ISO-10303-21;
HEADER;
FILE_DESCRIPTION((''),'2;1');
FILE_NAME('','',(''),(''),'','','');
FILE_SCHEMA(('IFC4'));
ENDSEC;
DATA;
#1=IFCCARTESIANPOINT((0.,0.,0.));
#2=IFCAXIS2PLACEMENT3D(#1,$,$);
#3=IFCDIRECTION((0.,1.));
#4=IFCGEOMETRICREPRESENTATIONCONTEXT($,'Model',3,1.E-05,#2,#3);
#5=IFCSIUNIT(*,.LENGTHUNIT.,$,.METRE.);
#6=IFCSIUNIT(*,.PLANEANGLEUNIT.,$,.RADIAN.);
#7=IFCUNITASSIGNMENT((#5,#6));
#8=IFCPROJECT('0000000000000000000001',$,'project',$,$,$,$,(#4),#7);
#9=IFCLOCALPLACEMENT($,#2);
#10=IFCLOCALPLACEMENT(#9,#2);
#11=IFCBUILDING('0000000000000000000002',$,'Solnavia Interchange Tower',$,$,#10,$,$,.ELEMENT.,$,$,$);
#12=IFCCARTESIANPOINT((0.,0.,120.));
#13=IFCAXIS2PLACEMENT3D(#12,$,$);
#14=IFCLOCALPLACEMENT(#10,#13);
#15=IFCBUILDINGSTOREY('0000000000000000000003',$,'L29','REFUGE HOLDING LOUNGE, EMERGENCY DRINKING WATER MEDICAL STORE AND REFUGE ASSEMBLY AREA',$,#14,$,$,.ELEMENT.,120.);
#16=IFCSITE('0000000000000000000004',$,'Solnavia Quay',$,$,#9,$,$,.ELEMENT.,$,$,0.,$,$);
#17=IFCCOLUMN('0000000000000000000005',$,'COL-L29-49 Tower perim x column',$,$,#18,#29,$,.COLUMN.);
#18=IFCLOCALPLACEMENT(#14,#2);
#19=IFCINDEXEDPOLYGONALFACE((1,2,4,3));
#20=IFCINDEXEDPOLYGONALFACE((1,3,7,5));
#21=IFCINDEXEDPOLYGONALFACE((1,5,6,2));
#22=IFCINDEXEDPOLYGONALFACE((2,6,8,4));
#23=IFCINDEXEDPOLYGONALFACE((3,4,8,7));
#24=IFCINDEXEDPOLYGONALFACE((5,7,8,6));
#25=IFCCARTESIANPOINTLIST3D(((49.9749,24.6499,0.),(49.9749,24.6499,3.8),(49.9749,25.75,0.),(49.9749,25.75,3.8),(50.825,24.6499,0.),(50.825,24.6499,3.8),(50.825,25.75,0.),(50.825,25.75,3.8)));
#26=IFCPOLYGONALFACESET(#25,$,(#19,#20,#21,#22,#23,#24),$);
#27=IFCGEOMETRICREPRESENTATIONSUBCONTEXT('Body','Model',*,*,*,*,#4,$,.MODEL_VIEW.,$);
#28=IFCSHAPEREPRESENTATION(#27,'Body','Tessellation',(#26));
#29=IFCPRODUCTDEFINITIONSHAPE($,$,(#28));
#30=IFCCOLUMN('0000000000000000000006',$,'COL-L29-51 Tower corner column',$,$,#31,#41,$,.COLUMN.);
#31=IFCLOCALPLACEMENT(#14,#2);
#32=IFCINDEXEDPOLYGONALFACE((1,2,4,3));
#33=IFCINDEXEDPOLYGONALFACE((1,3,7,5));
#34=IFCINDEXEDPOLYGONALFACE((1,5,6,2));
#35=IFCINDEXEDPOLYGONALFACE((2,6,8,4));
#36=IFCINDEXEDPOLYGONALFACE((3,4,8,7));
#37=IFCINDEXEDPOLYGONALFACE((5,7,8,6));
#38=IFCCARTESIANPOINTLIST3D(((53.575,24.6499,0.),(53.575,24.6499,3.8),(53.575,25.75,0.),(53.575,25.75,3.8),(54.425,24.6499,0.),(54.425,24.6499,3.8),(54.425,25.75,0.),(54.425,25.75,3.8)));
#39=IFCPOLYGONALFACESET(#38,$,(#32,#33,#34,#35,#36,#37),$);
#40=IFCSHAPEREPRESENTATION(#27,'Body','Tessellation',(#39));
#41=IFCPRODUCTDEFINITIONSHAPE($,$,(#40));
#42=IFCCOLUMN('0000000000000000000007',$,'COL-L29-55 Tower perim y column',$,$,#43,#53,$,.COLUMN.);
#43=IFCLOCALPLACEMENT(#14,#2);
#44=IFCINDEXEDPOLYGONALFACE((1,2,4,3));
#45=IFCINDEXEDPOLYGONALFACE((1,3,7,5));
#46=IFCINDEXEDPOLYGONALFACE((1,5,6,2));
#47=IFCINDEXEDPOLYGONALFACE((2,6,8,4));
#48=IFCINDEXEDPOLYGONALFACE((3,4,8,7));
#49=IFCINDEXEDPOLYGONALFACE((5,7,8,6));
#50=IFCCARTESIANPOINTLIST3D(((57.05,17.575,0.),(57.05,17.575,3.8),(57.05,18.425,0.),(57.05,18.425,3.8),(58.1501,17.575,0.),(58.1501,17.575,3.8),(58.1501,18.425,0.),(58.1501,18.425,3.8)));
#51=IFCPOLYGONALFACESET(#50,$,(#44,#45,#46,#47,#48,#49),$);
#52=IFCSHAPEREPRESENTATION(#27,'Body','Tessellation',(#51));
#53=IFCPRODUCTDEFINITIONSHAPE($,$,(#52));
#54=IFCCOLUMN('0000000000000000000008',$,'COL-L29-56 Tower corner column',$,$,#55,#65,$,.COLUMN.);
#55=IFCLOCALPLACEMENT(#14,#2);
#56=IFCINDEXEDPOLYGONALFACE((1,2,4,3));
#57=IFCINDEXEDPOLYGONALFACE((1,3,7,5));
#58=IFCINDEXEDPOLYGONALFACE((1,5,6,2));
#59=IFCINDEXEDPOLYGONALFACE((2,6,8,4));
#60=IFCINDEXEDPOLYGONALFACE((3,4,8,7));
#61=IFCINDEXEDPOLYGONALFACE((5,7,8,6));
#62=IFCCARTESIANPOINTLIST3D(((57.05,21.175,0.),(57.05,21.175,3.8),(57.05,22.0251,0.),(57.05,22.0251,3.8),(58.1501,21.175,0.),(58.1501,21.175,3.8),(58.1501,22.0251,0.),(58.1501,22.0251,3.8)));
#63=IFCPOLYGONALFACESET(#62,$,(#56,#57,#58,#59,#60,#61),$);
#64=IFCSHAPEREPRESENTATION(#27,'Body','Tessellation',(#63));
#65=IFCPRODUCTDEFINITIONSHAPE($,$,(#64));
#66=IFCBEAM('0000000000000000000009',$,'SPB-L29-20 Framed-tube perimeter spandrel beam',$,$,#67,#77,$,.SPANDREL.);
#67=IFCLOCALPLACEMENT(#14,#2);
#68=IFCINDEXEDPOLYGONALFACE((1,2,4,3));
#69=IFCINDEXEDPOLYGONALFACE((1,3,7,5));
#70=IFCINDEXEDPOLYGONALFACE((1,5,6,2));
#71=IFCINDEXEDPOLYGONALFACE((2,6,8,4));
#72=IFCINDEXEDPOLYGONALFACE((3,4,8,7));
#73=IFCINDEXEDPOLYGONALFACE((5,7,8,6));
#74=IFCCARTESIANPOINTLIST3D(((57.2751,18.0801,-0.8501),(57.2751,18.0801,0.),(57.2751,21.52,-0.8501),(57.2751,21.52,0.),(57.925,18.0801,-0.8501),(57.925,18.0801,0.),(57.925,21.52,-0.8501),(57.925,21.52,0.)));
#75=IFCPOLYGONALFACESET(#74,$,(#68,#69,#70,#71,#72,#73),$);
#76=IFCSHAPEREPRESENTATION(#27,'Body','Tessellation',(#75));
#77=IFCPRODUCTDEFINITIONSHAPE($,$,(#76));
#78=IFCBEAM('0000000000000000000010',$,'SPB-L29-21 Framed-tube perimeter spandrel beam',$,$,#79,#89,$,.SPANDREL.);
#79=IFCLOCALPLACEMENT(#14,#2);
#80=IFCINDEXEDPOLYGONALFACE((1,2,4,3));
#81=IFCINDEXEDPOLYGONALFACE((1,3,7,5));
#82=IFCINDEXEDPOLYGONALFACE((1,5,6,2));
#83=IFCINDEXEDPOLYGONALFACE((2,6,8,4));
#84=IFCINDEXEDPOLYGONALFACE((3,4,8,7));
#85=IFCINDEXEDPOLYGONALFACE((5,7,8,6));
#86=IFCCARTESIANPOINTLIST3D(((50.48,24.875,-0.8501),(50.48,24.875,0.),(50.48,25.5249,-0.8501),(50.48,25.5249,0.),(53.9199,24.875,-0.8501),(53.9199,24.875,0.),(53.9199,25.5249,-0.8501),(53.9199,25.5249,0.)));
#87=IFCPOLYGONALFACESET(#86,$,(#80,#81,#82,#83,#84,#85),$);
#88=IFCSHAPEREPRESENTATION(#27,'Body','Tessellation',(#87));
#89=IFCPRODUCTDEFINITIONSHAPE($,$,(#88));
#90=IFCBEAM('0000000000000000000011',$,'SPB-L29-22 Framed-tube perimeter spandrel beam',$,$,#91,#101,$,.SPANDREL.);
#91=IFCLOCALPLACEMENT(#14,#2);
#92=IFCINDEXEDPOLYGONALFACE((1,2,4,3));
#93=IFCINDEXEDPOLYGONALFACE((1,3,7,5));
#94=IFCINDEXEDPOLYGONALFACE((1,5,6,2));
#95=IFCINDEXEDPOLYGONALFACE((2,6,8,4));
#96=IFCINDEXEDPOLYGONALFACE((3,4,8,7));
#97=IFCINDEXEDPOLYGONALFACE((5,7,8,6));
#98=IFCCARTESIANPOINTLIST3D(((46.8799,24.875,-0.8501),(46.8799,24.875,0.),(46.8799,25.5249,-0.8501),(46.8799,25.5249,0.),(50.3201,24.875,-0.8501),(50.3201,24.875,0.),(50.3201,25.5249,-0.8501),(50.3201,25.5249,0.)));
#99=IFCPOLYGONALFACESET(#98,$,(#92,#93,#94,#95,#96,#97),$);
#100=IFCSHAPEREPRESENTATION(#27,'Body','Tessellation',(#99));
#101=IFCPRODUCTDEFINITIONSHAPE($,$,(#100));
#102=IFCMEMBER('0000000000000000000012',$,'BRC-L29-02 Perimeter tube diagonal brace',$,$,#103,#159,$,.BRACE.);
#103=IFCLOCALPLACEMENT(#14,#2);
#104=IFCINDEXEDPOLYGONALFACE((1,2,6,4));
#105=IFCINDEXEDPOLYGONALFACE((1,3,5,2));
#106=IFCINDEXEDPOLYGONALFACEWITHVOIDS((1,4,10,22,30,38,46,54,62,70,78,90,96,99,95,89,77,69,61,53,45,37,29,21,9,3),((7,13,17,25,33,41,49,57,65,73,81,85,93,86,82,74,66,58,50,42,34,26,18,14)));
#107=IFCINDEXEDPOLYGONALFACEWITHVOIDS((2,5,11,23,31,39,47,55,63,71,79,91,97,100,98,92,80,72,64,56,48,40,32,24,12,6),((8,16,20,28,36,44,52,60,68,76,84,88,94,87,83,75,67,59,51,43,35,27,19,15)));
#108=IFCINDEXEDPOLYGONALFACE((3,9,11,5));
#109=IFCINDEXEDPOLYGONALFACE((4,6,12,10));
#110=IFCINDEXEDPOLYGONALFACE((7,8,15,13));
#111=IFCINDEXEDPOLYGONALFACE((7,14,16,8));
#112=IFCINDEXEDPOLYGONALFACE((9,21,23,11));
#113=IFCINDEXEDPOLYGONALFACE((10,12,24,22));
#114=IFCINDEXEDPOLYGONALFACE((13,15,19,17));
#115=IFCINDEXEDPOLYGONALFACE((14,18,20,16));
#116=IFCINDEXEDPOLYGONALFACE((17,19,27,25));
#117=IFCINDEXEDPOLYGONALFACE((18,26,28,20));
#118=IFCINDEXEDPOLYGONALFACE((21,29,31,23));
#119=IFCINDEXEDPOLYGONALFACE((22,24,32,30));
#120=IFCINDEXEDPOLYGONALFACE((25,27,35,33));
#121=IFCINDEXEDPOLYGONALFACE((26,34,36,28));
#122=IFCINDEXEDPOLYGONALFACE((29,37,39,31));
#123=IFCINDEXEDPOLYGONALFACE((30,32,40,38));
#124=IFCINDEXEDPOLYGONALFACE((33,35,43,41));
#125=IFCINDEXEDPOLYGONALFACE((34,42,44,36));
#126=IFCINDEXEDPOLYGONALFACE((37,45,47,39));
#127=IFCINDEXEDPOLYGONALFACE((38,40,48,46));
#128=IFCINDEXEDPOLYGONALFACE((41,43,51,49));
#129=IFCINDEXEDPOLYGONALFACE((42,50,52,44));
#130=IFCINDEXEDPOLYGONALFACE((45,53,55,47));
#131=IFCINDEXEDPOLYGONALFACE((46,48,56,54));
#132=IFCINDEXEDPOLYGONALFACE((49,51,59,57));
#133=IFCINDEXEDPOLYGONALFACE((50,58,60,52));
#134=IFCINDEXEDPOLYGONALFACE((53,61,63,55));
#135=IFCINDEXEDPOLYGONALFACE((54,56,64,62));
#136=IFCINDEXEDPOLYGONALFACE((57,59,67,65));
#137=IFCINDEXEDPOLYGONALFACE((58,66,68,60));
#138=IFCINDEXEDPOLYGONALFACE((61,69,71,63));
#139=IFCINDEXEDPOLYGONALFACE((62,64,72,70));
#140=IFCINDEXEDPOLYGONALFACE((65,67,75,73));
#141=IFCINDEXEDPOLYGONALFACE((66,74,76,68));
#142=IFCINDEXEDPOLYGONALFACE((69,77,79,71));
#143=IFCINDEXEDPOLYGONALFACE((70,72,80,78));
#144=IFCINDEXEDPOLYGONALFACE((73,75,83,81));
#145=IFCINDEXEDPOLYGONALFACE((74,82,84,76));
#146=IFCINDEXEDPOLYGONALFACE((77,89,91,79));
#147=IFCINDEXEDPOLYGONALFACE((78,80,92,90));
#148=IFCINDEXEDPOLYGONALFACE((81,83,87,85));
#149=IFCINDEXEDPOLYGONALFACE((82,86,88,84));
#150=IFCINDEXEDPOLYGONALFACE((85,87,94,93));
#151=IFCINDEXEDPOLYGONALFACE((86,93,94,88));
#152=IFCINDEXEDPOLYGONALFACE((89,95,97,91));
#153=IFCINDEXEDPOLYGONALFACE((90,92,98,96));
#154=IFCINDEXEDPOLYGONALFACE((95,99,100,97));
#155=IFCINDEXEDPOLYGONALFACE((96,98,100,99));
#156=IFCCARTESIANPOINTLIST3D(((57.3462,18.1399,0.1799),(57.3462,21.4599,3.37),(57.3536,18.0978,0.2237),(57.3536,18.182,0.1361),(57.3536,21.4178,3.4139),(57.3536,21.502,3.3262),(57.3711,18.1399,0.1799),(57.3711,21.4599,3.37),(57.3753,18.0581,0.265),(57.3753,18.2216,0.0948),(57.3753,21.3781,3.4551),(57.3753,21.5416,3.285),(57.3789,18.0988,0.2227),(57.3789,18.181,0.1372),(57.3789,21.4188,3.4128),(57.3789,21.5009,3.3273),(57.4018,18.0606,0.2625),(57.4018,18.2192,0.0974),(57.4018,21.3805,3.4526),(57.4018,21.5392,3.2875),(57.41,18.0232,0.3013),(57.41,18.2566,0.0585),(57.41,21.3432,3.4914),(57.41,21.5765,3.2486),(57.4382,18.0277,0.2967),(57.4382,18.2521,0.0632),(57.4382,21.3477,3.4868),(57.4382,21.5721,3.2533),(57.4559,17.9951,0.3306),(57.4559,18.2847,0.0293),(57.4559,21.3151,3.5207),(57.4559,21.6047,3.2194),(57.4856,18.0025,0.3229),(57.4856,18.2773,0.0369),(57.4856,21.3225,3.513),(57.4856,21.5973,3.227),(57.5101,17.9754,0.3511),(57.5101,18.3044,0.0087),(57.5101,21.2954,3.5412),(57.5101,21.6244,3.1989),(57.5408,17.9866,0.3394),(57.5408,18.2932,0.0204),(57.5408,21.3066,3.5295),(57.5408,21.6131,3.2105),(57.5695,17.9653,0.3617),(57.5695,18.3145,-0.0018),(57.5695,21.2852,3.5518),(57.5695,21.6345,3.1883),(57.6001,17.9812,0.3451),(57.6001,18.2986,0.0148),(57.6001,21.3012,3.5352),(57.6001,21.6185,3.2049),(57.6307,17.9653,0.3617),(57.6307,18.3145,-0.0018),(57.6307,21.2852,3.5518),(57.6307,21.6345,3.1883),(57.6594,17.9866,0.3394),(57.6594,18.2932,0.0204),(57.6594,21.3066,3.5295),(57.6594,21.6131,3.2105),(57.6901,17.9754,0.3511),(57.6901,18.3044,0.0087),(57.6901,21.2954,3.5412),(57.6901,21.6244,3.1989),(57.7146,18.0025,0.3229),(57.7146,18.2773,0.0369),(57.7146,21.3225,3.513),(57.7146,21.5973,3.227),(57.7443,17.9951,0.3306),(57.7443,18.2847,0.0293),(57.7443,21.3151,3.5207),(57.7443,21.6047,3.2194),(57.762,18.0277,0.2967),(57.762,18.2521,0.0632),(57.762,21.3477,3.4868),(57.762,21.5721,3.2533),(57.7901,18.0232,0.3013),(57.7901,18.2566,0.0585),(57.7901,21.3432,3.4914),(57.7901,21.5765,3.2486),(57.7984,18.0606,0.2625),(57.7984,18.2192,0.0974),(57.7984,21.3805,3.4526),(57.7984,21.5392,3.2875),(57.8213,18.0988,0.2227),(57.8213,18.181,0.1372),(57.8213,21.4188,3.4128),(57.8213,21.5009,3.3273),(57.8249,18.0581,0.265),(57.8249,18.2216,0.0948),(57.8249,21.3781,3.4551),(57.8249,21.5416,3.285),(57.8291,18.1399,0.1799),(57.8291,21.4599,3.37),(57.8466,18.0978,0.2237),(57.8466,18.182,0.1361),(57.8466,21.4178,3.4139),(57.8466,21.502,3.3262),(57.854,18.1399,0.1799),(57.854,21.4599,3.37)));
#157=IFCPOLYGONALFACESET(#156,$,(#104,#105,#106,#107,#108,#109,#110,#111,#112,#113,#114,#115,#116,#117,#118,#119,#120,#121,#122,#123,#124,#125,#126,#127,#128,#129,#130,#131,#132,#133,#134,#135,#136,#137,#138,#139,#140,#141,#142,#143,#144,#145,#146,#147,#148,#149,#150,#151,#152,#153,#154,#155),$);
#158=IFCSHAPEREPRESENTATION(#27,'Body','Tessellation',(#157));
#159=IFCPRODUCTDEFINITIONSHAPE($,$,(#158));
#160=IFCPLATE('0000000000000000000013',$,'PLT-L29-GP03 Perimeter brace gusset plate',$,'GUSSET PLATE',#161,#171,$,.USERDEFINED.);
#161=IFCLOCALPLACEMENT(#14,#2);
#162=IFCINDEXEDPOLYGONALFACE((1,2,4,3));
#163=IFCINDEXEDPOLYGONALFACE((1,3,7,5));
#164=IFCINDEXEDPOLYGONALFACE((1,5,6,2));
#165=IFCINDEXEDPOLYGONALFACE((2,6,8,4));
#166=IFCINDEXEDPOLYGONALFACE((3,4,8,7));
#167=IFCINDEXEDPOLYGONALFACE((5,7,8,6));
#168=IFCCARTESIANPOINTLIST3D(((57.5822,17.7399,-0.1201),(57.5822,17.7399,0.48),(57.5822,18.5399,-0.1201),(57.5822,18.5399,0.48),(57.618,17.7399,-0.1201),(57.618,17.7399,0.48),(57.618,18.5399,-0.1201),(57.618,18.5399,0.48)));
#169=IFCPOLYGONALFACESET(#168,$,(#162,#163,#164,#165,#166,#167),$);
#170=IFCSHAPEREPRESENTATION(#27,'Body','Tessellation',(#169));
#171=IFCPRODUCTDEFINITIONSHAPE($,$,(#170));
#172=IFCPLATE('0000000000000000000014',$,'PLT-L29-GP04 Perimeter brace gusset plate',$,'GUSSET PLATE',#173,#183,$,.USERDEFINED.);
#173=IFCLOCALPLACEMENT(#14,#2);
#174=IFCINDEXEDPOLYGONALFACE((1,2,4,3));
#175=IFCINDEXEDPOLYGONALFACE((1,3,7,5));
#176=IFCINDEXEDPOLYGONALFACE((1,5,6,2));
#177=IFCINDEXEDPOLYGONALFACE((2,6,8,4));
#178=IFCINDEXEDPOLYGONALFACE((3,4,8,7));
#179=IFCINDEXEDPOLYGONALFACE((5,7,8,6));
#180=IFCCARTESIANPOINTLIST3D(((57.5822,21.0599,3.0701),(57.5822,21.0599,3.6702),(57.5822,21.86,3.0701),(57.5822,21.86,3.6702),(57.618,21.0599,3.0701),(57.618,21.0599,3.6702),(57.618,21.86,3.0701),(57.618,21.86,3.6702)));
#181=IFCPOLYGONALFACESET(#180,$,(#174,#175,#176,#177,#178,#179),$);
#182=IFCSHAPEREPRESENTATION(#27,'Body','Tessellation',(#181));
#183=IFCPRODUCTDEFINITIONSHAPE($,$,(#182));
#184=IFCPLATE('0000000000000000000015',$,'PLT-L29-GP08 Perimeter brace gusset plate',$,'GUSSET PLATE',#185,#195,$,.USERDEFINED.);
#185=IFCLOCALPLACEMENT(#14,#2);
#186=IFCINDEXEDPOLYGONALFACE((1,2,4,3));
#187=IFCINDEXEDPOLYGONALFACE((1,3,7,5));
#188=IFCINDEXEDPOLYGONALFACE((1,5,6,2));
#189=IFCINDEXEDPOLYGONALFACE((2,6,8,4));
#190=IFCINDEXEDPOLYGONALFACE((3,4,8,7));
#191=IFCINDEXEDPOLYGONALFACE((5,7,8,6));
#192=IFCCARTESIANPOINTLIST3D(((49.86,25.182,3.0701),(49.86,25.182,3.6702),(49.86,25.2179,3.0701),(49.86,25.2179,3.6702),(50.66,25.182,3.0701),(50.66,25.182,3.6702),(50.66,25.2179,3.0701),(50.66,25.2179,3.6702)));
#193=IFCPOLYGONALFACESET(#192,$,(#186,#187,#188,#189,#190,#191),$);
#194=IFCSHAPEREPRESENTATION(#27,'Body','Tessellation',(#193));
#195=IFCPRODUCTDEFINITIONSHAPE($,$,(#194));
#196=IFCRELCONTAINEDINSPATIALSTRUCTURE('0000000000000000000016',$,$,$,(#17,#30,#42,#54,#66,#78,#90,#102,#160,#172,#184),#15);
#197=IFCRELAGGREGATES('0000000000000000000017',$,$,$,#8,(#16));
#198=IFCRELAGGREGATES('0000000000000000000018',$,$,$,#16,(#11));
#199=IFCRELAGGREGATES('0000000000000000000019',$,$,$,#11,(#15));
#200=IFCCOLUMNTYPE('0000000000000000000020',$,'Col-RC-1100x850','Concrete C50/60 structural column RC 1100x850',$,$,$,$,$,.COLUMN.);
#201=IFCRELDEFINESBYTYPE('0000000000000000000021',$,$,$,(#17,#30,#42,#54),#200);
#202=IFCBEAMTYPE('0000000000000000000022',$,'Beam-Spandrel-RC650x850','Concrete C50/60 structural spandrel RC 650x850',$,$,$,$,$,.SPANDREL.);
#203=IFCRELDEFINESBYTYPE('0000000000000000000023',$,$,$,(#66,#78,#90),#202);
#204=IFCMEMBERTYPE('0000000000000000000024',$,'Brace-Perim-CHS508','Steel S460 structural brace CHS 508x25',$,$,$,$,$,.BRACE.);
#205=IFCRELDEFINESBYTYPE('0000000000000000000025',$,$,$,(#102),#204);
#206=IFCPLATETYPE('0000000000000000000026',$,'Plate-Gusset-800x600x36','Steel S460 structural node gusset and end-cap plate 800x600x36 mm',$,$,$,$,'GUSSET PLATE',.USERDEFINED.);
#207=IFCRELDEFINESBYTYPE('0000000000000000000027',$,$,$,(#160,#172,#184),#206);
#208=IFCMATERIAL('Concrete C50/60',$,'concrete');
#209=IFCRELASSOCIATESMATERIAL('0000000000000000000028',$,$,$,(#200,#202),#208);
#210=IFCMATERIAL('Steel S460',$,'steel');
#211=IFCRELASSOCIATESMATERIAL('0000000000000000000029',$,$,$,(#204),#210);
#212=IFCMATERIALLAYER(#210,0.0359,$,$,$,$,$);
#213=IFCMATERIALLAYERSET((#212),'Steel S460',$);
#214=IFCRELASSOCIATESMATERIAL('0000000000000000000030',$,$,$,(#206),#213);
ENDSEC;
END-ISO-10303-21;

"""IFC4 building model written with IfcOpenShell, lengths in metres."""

from ifc_helpers import new_model, si_unit, direction, frame, origin, origin_2d, place, context, subcontext, project, spatial, rectangle, hollow_circle, extrude, material, layer, layer_set, material_profile, profile_set, type_object, element, save


model = new_model("IFC4")

# Units and contexts
model_context = context("Model", 3, precision=1e-05, world=origin(), true_north=direction((0.0, 1.0)))
body_context = subcontext(model_context, "Body", "Model", "MODEL_VIEW")
ifc_project = project(units=[si_unit("LENGTHUNIT", "METRE"), si_unit("PLANEANGLEUNIT", "RADIAN")], contexts=[model_context])

# Site, building, storey
site_placement = place(None, origin())
site = spatial("IfcSite", under=ifc_project, at=site_placement, Name="Solnavia Quay", CompositionType="ELEMENT", RefElevation=0.0)
building_placement = place(site_placement, origin())
building = spatial("IfcBuilding", under=site, at=building_placement, Name="Solnavia Interchange Tower", CompositionType="ELEMENT")
storey_placement = place(building_placement, frame((0.0, 0.0, 120.0)))
storey = spatial("IfcBuildingStorey", under=building, at=storey_placement, Name="L29", Description="REFUGE HOLDING LOUNGE, EMERGENCY DRINKING WATER MEDICAL STORE AND REFUGE ASSEMBLY AREA", CompositionType="ELEMENT", Elevation=120.0)

# Columns
ifc_material_1 = material(Name="Concrete C50/60", Category="concrete")
ifc_material_profile_1 = material_profile(ifc_material_1, rectangle(XDim=0.8501, YDim=1.1001, at=origin_2d()), Name="RC 1100x850")
ifc_profile_set_1 = profile_set([ifc_material_profile_1], Name="Concrete C50/60")
column_type = type_object("IfcColumnType", Name="Col-RC-1100x850", Description="Concrete C50/60 structural column RC 1100x850", PredefinedType="COLUMN", material=ifc_profile_set_1)
for number, where, z_axis, x_axis, name in (
    (1, (50.3999, 25.2, 0.0), (0.0, 0.0, 1.0), (1.0, 0.0, 0.0), "COL-L29-49 Tower perim x column"),
    (2, (54.0, 25.2, 0.0), (0.0, 0.0, 1.0), (1.0, 0.0, 0.0), "COL-L29-51 Tower corner column"),
    (3, (57.6001, 18.0, 0.0), (0.0, 0.0, 1.0), (0.0, 1.0, 0.0), "COL-L29-55 Tower perim y column"),
    (4, (57.6001, 21.6001, 0.0), (0.0, 0.0, 1.0), (0.0, 1.0, 0.0), "COL-L29-56 Tower corner column"),
):
    element("IfcColumn", number, at=place(storey_placement, frame(where, z_axis=z_axis, x_axis=x_axis)), inside=storey, type_object=column_type, Name=name, PredefinedType="COLUMN", context=body_context, shape_type="SweptSolid", body=[
        extrude(rectangle(XDim=0.8501, YDim=1.1001, at=origin_2d()), origin(), (0.0, 0.0, 1.0), 3.8),
    ])

# Beams
ifc_material_profile_2 = material_profile(ifc_material_1, rectangle(XDim=0.6499, YDim=0.8501, at=origin_2d()), Name="RC 650x850")
ifc_profile_set_2 = profile_set([ifc_material_profile_2], Name="Concrete C50/60")
beam_type = type_object("IfcBeamType", Name="Beam-Spandrel-RC650x850", Description="Concrete C50/60 structural spandrel RC 650x850", PredefinedType="SPANDREL", material=ifc_profile_set_2)
for number, where, z_axis, x_axis, name in (
    (5, (57.6001, 18.0801, -0.425), (0.0, 1.0, 0.0), (-1.0, 0.0, 0.0), "SPB-L29-20 Framed-tube perimeter spandrel beam"),
    (6, (53.9199, 25.2, -0.425), (-1.0, 0.0, 0.0), (0.0, -1.0, 0.0), "SPB-L29-21 Framed-tube perimeter spandrel beam"),
):
    element("IfcBeam", number, at=place(storey_placement, frame(where, z_axis=z_axis, x_axis=x_axis)), inside=storey, type_object=beam_type, Name=name, PredefinedType="SPANDREL", context=body_context, shape_type="SweptSolid", body=[
        extrude(rectangle(XDim=0.6499, YDim=0.8501, at=origin_2d()), origin(), (0.0, 0.0, 1.0), 3.4399),
    ])
beam_placement = place(storey_placement, frame((50.3201, 25.2, -0.425), z_axis=(-1.0, 0.0, 0.0), x_axis=(0.0, -1.0, 0.0)))
element("IfcBeam", 7, at=beam_placement, inside=storey, type_object=beam_type, Name="SPB-L29-22 Framed-tube perimeter spandrel beam", PredefinedType="SPANDREL", context=body_context, shape_type="SweptSolid", body=[
    extrude(rectangle(XDim=0.6499, YDim=0.8501, at=origin_2d()), origin(), (0.0, 0.0, 1.0), 3.4402),
])

# Member
ifc_material_2 = material(Name="Steel S460", Category="steel")
ifc_material_profile_3 = material_profile(ifc_material_2, hollow_circle(Radius=0.2539, WallThickness=0.0249, at=origin_2d()), Name="CHS 508x25")
ifc_profile_set_3 = profile_set([ifc_material_profile_3], Name="Steel S460")
member_type = type_object("IfcMemberType", Name="Brace-Perim-CHS508", Description="Steel S460 structural brace CHS 508x25", PredefinedType="BRACE", material=ifc_profile_set_3)
member_placement = place(storey_placement, frame((57.6001, 18.1399, 0.1799), z_axis=(0.0, 0.72107, 0.692862), x_axis=(-1.0, 0.0, 0.0)))
element("IfcMember", 8, at=member_placement, inside=storey, type_object=member_type, Name="BRC-L29-02 Perimeter tube diagonal brace", PredefinedType="BRACE", context=body_context, shape_type="SweptSolid", body=[
    extrude(hollow_circle(Radius=0.2539, WallThickness=0.0249, at=origin_2d()), origin(), (0.0, 0.0, 1.0), 4.6042),
])

# Plates
ifc_layer_1 = layer(ifc_material_2, 0.0359)
ifc_layer_set_1 = layer_set([ifc_layer_1], Name="Steel S460")
plate_type = type_object("IfcPlateType", Name="Plate-Gusset-800x600x36", Description="Steel S460 structural node gusset and end-cap plate 800x600x36 mm", ElementType="GUSSET PLATE", PredefinedType="USERDEFINED", material=ifc_layer_set_1)
for number, where, z_axis, x_axis, name in (
    (9, (57.6001, 18.1399, -0.1201), (0.0, 0.0, 1.0), (0.0, 1.0, 0.0), "PLT-L29-GP03 Perimeter brace gusset plate"),
    (10, (57.6001, 21.46, 3.0701), (0.0, 0.0, 1.0), (0.0, 1.0, 0.0), "PLT-L29-GP04 Perimeter brace gusset plate"),
    (11, (50.26, 25.2, 3.0701), (0.0, 0.0, 1.0), (1.0, 0.0, 0.0), "PLT-L29-GP08 Perimeter brace gusset plate"),
):
    element("IfcPlate", number, at=place(storey_placement, frame(where, z_axis=z_axis, x_axis=x_axis)), inside=storey, type_object=plate_type, Name=name, ObjectType="GUSSET PLATE", PredefinedType="USERDEFINED", context=body_context, shape_type="SweptSolid", body=[
        extrude(rectangle(XDim=0.8, YDim=0.0359, at=origin_2d()), origin(), (0.0, 0.0, 1.0), 0.6001),
    ])

save(model, "model.ifc")
